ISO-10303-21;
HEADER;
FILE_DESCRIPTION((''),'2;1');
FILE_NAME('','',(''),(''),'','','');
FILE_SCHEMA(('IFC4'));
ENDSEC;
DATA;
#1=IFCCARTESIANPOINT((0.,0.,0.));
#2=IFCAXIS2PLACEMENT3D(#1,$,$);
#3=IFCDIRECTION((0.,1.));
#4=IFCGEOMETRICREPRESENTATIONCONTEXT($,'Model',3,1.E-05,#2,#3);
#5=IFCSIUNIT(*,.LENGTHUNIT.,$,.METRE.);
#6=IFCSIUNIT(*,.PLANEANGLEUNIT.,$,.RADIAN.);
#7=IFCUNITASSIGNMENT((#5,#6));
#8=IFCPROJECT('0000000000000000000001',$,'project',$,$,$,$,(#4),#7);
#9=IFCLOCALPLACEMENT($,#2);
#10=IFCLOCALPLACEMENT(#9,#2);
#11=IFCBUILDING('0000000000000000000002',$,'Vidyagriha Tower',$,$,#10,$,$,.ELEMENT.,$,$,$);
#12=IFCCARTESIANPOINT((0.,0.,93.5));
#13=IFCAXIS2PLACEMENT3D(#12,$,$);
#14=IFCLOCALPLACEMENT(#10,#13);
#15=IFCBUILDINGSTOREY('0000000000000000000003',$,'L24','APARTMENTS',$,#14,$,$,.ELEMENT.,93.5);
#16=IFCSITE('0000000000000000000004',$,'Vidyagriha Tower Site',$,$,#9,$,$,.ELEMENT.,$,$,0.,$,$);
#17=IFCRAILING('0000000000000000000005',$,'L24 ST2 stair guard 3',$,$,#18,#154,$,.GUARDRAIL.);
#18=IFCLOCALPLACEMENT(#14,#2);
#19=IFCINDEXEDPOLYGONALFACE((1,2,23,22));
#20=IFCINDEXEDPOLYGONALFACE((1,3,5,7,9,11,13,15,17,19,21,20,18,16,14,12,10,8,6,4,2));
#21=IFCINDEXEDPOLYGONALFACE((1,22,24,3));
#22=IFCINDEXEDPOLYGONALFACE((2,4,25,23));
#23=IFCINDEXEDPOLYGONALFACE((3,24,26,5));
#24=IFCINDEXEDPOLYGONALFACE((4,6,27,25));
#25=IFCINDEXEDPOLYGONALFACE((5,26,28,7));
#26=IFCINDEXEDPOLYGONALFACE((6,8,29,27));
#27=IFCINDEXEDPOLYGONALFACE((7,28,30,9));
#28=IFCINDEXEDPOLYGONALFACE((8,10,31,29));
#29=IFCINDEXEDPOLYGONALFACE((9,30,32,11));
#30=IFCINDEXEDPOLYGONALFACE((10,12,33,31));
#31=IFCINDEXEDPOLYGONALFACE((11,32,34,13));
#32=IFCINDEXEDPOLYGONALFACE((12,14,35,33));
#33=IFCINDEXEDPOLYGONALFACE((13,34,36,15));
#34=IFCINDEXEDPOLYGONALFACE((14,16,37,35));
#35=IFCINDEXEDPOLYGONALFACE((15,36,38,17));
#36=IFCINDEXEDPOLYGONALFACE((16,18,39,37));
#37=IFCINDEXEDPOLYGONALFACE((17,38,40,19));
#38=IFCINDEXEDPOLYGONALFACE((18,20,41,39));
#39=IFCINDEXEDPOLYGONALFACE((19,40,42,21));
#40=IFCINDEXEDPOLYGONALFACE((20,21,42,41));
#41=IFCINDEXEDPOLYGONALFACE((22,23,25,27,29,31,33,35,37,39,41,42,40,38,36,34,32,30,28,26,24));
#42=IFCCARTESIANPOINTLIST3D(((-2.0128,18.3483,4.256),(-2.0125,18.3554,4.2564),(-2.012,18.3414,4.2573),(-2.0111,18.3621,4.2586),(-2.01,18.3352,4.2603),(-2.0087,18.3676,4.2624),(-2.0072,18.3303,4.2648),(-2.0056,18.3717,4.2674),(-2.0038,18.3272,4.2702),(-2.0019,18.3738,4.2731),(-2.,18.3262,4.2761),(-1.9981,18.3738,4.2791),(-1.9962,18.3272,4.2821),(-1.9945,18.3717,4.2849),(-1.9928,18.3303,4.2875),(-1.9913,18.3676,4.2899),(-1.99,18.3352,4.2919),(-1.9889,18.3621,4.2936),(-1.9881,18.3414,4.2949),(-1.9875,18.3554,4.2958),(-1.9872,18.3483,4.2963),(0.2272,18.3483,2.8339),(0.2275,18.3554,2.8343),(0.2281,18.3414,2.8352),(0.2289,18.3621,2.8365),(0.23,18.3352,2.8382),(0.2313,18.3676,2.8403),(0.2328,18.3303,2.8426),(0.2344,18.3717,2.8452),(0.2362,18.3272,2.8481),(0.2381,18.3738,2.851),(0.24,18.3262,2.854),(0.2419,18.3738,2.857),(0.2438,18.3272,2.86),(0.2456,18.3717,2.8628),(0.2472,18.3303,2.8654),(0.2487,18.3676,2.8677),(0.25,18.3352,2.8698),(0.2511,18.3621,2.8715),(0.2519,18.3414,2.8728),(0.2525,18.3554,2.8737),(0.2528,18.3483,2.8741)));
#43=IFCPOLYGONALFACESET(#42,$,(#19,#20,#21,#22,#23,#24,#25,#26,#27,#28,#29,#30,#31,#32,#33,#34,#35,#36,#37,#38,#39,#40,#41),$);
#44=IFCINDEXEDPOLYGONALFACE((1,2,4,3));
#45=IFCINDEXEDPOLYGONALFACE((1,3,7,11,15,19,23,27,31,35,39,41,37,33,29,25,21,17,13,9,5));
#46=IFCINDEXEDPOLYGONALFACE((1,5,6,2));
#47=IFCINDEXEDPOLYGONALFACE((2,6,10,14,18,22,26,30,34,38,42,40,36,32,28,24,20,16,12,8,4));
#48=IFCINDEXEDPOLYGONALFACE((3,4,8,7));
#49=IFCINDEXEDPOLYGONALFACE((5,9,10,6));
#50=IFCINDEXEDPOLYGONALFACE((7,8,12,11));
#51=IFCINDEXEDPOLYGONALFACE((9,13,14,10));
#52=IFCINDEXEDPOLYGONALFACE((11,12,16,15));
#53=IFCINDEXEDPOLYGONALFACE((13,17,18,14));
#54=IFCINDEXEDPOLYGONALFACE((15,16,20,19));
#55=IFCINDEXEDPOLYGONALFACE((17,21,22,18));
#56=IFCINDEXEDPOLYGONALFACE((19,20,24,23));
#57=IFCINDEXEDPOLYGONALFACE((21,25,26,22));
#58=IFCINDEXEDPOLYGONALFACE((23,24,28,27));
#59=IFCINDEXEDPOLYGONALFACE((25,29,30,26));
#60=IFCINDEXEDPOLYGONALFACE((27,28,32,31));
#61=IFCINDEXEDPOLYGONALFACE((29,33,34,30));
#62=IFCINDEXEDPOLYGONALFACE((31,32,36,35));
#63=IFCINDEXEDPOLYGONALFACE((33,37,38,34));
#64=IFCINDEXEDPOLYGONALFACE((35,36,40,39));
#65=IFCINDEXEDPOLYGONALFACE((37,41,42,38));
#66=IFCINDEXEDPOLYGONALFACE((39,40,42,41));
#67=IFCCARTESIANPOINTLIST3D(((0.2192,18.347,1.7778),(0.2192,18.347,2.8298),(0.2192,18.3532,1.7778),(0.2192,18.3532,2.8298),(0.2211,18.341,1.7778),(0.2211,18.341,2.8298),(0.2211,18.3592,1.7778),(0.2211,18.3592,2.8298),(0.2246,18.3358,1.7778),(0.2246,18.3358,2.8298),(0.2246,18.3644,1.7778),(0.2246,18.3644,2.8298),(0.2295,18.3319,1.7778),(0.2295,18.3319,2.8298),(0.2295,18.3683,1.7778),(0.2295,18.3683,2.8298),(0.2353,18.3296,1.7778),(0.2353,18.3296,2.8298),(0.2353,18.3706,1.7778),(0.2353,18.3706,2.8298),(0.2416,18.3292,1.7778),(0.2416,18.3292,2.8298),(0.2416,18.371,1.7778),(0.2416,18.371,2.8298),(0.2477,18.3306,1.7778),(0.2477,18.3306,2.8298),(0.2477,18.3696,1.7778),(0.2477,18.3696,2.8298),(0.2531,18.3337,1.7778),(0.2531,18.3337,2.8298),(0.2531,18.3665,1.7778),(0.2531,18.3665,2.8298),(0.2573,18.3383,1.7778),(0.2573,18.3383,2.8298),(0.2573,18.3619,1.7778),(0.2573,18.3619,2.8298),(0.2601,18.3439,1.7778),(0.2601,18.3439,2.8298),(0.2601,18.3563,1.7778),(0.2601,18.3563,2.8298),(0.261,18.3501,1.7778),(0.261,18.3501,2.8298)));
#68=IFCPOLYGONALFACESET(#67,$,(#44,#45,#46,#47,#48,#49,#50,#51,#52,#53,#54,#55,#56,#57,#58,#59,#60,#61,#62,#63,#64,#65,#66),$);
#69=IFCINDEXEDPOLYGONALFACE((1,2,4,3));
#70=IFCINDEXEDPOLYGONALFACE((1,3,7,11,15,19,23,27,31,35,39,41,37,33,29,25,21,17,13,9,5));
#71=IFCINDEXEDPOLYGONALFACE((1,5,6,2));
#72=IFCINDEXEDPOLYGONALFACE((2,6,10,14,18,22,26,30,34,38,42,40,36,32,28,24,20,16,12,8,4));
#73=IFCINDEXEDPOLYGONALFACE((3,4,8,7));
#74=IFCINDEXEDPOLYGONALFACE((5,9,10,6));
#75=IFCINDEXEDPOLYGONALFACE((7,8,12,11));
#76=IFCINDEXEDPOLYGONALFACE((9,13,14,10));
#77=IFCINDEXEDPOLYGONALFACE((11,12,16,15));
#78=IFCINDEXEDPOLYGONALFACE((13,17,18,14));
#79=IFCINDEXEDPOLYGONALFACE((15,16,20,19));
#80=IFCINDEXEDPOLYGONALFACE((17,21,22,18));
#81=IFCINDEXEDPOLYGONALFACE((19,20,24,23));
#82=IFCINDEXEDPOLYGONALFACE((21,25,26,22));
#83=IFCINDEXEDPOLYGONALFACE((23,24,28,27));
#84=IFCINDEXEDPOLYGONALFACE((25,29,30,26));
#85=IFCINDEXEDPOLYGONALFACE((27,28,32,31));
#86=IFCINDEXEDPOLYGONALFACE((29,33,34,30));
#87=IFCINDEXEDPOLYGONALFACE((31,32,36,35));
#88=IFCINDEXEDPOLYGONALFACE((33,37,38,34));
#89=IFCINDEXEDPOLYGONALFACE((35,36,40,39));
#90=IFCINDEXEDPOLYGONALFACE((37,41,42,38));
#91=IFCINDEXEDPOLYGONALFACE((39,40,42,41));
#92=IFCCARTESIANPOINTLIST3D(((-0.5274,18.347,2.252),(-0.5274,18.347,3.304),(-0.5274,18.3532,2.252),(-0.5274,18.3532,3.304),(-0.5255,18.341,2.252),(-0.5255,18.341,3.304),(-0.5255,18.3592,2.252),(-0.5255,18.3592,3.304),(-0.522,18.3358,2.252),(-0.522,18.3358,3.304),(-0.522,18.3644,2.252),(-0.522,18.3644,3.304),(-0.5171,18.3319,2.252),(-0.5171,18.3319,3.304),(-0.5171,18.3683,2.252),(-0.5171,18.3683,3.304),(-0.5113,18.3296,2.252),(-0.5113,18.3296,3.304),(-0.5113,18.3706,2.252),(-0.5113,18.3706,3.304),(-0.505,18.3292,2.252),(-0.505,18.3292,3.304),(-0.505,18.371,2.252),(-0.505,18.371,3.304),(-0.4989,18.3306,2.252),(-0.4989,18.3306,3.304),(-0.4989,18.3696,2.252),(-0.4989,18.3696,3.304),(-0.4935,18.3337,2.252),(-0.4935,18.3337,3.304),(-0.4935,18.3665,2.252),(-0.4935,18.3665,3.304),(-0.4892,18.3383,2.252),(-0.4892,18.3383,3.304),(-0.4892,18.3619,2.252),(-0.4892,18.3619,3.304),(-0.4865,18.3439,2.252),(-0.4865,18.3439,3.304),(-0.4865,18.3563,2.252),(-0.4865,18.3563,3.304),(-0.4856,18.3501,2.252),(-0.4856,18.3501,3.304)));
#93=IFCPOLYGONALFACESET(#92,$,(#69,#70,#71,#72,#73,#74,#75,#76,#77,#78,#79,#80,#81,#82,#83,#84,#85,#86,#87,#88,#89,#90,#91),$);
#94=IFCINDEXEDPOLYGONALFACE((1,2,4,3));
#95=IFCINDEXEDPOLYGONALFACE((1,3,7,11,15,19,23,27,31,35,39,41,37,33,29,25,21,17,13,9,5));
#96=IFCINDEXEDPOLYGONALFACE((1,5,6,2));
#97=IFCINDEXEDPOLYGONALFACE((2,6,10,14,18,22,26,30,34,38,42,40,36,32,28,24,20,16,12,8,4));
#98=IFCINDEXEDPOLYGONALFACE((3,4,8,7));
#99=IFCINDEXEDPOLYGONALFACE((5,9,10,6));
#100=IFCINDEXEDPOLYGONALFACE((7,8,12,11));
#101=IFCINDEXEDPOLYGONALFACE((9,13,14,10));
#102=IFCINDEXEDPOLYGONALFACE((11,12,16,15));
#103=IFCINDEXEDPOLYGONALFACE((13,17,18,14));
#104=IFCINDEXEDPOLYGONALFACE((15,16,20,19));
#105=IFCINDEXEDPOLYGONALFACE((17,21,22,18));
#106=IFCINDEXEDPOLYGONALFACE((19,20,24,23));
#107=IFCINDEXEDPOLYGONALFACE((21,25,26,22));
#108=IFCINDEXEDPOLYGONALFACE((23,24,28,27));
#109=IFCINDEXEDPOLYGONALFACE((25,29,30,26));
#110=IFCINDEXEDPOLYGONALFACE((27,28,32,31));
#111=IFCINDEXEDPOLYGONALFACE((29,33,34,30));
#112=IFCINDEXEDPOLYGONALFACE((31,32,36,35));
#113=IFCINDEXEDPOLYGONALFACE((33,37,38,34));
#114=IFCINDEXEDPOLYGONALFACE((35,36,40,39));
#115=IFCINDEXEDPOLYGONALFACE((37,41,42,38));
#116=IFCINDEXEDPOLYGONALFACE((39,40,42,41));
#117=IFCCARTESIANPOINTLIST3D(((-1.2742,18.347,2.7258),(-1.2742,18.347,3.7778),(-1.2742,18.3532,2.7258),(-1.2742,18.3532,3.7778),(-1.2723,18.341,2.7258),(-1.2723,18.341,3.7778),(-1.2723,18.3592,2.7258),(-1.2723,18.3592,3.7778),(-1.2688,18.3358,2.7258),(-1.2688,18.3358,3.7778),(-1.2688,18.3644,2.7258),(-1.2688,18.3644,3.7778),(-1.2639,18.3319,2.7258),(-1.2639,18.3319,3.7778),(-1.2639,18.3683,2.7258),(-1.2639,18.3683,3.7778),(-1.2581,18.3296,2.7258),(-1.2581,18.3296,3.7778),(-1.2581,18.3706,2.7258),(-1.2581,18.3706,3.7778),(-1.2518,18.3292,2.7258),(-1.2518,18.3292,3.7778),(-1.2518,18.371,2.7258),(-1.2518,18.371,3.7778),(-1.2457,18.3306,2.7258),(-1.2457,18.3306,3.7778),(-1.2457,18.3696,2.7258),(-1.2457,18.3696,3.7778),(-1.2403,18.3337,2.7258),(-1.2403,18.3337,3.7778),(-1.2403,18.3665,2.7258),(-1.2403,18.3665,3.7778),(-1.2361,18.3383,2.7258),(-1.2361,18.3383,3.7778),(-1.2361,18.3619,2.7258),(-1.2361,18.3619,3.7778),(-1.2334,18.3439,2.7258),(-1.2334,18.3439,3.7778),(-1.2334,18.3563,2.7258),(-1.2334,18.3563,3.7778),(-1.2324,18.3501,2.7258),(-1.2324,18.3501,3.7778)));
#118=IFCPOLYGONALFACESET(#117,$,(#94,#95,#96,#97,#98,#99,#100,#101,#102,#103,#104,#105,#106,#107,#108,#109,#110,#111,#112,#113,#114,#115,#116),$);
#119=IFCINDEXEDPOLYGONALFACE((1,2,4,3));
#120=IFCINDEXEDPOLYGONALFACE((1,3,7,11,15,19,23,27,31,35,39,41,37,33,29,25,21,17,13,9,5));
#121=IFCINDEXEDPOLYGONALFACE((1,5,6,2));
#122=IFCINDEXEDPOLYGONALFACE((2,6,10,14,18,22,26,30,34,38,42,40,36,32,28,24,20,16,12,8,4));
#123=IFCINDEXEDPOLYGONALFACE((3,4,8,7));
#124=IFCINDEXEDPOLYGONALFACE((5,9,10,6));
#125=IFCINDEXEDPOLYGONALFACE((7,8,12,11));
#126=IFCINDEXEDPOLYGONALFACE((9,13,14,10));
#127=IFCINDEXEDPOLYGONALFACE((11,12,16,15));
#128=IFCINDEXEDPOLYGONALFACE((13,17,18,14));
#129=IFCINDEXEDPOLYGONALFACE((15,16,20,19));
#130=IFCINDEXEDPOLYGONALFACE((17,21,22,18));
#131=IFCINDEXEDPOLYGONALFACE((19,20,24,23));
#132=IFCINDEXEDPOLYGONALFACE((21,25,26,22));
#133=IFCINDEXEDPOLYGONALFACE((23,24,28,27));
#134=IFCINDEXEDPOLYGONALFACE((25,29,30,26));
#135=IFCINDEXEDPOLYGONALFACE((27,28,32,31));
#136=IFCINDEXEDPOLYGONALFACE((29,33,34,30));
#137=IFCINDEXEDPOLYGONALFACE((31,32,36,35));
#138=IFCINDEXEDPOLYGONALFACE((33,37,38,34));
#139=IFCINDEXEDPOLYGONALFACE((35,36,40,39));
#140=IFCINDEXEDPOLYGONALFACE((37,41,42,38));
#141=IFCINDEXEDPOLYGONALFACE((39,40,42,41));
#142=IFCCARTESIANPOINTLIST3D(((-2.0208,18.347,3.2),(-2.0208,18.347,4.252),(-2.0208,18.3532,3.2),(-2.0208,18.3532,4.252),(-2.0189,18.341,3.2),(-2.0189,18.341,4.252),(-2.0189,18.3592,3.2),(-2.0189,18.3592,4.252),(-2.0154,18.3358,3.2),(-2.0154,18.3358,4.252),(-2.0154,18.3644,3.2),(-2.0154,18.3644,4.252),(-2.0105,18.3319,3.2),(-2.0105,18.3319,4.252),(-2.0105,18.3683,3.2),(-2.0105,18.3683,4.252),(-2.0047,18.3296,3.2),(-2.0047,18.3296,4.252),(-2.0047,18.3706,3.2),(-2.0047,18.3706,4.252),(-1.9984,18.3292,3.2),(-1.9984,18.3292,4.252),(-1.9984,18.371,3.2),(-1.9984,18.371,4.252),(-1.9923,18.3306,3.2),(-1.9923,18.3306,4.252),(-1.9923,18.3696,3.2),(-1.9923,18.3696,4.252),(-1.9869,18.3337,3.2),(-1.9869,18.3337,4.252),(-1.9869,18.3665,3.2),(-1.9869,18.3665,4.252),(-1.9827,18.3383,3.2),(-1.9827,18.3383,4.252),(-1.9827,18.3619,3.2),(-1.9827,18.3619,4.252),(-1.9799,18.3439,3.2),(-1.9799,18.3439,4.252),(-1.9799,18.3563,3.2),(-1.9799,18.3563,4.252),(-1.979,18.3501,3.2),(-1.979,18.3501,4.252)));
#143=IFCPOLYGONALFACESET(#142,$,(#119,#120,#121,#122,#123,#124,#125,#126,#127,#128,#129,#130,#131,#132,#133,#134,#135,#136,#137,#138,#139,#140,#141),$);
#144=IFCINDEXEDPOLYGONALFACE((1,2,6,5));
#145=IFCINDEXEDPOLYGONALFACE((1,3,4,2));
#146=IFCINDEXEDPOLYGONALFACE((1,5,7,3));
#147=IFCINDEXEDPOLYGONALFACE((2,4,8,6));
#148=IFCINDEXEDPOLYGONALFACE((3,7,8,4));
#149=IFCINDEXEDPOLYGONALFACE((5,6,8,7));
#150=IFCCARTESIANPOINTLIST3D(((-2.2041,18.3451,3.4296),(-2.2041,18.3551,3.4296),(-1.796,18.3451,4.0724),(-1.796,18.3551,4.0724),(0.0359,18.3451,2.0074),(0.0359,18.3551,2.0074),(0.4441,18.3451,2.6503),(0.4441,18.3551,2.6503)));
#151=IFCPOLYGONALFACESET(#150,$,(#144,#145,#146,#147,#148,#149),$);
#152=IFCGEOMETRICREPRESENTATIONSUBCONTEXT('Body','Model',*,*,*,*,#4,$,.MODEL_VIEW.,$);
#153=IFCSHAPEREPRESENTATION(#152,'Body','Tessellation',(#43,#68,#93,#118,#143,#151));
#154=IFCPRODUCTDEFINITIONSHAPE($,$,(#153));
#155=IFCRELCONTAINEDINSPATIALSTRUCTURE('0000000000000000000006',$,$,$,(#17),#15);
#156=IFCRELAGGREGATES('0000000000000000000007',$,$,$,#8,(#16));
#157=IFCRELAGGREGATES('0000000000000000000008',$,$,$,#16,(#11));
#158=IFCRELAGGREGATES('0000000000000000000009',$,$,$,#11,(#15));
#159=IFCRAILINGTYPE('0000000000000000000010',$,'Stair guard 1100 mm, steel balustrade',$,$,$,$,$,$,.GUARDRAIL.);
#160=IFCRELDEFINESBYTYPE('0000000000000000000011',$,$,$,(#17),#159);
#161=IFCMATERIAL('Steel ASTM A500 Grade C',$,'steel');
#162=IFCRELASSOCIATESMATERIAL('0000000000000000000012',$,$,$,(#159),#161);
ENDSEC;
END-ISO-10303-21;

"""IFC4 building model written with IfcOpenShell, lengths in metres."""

from ifc_helpers import new_model, si_unit, direction, frame, origin, origin_2d, place, context, subcontext, project, spatial, rectangle, circle, extrude, material, type_object, element, save


model = new_model("IFC4")

# Units and contexts
model_context = context("Model", 3, precision=1e-05, world=origin(), true_north=direction((0.0, 1.0)))
body_context = subcontext(model_context, "Body", "Model", "MODEL_VIEW")
ifc_project = project(units=[si_unit("LENGTHUNIT", "METRE"), si_unit("PLANEANGLEUNIT", "RADIAN")], contexts=[model_context])

# Site, building, storey
site_placement = place(None, origin())
site = spatial("IfcSite", under=ifc_project, at=site_placement, Name="Vidyagriha Tower Site", CompositionType="ELEMENT", RefElevation=0.0)
building_placement = place(site_placement, origin())
building = spatial("IfcBuilding", under=site, at=building_placement, Name="Vidyagriha Tower", CompositionType="ELEMENT")
storey_placement = place(building_placement, frame((0.0, 0.0, 93.5)))
storey = spatial("IfcBuildingStorey", under=building, at=storey_placement, Name="L24", Description="APARTMENTS", CompositionType="ELEMENT", Elevation=93.5)

# Railing
ifc_material_1 = material(Name="Steel ASTM A500 Grade C", Category="steel")
railing_type_1 = type_object("IfcRailingType", Name="Stair guard 1100 mm, steel balustrade", PredefinedType="GUARDRAIL", material=ifc_material_1)
railing_1_placement = place(storey_placement, frame((0.24, 18.3501, 1.7778)))
element("IfcRailing", 1, at=railing_1_placement, inside=storey, type_object=railing_type_1, Name="L24 ST2 stair guard 3", PredefinedType="GUARDRAIL", context=body_context, shape_type="SweptSolid", body=[
    extrude(circle(Radius=0.0239, at=origin_2d()), frame((0.0, 0.0, 1.0762), z_axis=(-0.844229, 0.0, 0.535982), x_axis=(0.0, -1.0, 0.0)), (0.0, 0.0, 1.0), 2.6533),
    extrude(circle(Radius=0.021, at=origin_2d()), origin(), (0.0, 0.0, 1.0), 1.052),
    extrude(circle(Radius=0.021, at=origin_2d()), frame((-0.7466, 0.0, 0.4741)), (0.0, 0.0, 1.0), 1.052),
    extrude(circle(Radius=0.021, at=origin_2d()), frame((-1.4934, 0.0, 0.948)), (0.0, 0.0, 1.0), 1.052),
    extrude(circle(Radius=0.021, at=origin_2d()), frame((-2.24, 0.0, 1.4221)), (0.0, 0.0, 1.0), 1.052),
    extrude(rectangle(XDim=0.01, YDim=0.7615, at=origin_2d()), frame((0.0, 0.0, 0.551), z_axis=(-0.844229, 0.0, 0.535982), x_axis=(0.0, -1.0, 0.0)), (0.0, 0.0, 1.0), 2.6533),
])

save(model, "model.ifc")
